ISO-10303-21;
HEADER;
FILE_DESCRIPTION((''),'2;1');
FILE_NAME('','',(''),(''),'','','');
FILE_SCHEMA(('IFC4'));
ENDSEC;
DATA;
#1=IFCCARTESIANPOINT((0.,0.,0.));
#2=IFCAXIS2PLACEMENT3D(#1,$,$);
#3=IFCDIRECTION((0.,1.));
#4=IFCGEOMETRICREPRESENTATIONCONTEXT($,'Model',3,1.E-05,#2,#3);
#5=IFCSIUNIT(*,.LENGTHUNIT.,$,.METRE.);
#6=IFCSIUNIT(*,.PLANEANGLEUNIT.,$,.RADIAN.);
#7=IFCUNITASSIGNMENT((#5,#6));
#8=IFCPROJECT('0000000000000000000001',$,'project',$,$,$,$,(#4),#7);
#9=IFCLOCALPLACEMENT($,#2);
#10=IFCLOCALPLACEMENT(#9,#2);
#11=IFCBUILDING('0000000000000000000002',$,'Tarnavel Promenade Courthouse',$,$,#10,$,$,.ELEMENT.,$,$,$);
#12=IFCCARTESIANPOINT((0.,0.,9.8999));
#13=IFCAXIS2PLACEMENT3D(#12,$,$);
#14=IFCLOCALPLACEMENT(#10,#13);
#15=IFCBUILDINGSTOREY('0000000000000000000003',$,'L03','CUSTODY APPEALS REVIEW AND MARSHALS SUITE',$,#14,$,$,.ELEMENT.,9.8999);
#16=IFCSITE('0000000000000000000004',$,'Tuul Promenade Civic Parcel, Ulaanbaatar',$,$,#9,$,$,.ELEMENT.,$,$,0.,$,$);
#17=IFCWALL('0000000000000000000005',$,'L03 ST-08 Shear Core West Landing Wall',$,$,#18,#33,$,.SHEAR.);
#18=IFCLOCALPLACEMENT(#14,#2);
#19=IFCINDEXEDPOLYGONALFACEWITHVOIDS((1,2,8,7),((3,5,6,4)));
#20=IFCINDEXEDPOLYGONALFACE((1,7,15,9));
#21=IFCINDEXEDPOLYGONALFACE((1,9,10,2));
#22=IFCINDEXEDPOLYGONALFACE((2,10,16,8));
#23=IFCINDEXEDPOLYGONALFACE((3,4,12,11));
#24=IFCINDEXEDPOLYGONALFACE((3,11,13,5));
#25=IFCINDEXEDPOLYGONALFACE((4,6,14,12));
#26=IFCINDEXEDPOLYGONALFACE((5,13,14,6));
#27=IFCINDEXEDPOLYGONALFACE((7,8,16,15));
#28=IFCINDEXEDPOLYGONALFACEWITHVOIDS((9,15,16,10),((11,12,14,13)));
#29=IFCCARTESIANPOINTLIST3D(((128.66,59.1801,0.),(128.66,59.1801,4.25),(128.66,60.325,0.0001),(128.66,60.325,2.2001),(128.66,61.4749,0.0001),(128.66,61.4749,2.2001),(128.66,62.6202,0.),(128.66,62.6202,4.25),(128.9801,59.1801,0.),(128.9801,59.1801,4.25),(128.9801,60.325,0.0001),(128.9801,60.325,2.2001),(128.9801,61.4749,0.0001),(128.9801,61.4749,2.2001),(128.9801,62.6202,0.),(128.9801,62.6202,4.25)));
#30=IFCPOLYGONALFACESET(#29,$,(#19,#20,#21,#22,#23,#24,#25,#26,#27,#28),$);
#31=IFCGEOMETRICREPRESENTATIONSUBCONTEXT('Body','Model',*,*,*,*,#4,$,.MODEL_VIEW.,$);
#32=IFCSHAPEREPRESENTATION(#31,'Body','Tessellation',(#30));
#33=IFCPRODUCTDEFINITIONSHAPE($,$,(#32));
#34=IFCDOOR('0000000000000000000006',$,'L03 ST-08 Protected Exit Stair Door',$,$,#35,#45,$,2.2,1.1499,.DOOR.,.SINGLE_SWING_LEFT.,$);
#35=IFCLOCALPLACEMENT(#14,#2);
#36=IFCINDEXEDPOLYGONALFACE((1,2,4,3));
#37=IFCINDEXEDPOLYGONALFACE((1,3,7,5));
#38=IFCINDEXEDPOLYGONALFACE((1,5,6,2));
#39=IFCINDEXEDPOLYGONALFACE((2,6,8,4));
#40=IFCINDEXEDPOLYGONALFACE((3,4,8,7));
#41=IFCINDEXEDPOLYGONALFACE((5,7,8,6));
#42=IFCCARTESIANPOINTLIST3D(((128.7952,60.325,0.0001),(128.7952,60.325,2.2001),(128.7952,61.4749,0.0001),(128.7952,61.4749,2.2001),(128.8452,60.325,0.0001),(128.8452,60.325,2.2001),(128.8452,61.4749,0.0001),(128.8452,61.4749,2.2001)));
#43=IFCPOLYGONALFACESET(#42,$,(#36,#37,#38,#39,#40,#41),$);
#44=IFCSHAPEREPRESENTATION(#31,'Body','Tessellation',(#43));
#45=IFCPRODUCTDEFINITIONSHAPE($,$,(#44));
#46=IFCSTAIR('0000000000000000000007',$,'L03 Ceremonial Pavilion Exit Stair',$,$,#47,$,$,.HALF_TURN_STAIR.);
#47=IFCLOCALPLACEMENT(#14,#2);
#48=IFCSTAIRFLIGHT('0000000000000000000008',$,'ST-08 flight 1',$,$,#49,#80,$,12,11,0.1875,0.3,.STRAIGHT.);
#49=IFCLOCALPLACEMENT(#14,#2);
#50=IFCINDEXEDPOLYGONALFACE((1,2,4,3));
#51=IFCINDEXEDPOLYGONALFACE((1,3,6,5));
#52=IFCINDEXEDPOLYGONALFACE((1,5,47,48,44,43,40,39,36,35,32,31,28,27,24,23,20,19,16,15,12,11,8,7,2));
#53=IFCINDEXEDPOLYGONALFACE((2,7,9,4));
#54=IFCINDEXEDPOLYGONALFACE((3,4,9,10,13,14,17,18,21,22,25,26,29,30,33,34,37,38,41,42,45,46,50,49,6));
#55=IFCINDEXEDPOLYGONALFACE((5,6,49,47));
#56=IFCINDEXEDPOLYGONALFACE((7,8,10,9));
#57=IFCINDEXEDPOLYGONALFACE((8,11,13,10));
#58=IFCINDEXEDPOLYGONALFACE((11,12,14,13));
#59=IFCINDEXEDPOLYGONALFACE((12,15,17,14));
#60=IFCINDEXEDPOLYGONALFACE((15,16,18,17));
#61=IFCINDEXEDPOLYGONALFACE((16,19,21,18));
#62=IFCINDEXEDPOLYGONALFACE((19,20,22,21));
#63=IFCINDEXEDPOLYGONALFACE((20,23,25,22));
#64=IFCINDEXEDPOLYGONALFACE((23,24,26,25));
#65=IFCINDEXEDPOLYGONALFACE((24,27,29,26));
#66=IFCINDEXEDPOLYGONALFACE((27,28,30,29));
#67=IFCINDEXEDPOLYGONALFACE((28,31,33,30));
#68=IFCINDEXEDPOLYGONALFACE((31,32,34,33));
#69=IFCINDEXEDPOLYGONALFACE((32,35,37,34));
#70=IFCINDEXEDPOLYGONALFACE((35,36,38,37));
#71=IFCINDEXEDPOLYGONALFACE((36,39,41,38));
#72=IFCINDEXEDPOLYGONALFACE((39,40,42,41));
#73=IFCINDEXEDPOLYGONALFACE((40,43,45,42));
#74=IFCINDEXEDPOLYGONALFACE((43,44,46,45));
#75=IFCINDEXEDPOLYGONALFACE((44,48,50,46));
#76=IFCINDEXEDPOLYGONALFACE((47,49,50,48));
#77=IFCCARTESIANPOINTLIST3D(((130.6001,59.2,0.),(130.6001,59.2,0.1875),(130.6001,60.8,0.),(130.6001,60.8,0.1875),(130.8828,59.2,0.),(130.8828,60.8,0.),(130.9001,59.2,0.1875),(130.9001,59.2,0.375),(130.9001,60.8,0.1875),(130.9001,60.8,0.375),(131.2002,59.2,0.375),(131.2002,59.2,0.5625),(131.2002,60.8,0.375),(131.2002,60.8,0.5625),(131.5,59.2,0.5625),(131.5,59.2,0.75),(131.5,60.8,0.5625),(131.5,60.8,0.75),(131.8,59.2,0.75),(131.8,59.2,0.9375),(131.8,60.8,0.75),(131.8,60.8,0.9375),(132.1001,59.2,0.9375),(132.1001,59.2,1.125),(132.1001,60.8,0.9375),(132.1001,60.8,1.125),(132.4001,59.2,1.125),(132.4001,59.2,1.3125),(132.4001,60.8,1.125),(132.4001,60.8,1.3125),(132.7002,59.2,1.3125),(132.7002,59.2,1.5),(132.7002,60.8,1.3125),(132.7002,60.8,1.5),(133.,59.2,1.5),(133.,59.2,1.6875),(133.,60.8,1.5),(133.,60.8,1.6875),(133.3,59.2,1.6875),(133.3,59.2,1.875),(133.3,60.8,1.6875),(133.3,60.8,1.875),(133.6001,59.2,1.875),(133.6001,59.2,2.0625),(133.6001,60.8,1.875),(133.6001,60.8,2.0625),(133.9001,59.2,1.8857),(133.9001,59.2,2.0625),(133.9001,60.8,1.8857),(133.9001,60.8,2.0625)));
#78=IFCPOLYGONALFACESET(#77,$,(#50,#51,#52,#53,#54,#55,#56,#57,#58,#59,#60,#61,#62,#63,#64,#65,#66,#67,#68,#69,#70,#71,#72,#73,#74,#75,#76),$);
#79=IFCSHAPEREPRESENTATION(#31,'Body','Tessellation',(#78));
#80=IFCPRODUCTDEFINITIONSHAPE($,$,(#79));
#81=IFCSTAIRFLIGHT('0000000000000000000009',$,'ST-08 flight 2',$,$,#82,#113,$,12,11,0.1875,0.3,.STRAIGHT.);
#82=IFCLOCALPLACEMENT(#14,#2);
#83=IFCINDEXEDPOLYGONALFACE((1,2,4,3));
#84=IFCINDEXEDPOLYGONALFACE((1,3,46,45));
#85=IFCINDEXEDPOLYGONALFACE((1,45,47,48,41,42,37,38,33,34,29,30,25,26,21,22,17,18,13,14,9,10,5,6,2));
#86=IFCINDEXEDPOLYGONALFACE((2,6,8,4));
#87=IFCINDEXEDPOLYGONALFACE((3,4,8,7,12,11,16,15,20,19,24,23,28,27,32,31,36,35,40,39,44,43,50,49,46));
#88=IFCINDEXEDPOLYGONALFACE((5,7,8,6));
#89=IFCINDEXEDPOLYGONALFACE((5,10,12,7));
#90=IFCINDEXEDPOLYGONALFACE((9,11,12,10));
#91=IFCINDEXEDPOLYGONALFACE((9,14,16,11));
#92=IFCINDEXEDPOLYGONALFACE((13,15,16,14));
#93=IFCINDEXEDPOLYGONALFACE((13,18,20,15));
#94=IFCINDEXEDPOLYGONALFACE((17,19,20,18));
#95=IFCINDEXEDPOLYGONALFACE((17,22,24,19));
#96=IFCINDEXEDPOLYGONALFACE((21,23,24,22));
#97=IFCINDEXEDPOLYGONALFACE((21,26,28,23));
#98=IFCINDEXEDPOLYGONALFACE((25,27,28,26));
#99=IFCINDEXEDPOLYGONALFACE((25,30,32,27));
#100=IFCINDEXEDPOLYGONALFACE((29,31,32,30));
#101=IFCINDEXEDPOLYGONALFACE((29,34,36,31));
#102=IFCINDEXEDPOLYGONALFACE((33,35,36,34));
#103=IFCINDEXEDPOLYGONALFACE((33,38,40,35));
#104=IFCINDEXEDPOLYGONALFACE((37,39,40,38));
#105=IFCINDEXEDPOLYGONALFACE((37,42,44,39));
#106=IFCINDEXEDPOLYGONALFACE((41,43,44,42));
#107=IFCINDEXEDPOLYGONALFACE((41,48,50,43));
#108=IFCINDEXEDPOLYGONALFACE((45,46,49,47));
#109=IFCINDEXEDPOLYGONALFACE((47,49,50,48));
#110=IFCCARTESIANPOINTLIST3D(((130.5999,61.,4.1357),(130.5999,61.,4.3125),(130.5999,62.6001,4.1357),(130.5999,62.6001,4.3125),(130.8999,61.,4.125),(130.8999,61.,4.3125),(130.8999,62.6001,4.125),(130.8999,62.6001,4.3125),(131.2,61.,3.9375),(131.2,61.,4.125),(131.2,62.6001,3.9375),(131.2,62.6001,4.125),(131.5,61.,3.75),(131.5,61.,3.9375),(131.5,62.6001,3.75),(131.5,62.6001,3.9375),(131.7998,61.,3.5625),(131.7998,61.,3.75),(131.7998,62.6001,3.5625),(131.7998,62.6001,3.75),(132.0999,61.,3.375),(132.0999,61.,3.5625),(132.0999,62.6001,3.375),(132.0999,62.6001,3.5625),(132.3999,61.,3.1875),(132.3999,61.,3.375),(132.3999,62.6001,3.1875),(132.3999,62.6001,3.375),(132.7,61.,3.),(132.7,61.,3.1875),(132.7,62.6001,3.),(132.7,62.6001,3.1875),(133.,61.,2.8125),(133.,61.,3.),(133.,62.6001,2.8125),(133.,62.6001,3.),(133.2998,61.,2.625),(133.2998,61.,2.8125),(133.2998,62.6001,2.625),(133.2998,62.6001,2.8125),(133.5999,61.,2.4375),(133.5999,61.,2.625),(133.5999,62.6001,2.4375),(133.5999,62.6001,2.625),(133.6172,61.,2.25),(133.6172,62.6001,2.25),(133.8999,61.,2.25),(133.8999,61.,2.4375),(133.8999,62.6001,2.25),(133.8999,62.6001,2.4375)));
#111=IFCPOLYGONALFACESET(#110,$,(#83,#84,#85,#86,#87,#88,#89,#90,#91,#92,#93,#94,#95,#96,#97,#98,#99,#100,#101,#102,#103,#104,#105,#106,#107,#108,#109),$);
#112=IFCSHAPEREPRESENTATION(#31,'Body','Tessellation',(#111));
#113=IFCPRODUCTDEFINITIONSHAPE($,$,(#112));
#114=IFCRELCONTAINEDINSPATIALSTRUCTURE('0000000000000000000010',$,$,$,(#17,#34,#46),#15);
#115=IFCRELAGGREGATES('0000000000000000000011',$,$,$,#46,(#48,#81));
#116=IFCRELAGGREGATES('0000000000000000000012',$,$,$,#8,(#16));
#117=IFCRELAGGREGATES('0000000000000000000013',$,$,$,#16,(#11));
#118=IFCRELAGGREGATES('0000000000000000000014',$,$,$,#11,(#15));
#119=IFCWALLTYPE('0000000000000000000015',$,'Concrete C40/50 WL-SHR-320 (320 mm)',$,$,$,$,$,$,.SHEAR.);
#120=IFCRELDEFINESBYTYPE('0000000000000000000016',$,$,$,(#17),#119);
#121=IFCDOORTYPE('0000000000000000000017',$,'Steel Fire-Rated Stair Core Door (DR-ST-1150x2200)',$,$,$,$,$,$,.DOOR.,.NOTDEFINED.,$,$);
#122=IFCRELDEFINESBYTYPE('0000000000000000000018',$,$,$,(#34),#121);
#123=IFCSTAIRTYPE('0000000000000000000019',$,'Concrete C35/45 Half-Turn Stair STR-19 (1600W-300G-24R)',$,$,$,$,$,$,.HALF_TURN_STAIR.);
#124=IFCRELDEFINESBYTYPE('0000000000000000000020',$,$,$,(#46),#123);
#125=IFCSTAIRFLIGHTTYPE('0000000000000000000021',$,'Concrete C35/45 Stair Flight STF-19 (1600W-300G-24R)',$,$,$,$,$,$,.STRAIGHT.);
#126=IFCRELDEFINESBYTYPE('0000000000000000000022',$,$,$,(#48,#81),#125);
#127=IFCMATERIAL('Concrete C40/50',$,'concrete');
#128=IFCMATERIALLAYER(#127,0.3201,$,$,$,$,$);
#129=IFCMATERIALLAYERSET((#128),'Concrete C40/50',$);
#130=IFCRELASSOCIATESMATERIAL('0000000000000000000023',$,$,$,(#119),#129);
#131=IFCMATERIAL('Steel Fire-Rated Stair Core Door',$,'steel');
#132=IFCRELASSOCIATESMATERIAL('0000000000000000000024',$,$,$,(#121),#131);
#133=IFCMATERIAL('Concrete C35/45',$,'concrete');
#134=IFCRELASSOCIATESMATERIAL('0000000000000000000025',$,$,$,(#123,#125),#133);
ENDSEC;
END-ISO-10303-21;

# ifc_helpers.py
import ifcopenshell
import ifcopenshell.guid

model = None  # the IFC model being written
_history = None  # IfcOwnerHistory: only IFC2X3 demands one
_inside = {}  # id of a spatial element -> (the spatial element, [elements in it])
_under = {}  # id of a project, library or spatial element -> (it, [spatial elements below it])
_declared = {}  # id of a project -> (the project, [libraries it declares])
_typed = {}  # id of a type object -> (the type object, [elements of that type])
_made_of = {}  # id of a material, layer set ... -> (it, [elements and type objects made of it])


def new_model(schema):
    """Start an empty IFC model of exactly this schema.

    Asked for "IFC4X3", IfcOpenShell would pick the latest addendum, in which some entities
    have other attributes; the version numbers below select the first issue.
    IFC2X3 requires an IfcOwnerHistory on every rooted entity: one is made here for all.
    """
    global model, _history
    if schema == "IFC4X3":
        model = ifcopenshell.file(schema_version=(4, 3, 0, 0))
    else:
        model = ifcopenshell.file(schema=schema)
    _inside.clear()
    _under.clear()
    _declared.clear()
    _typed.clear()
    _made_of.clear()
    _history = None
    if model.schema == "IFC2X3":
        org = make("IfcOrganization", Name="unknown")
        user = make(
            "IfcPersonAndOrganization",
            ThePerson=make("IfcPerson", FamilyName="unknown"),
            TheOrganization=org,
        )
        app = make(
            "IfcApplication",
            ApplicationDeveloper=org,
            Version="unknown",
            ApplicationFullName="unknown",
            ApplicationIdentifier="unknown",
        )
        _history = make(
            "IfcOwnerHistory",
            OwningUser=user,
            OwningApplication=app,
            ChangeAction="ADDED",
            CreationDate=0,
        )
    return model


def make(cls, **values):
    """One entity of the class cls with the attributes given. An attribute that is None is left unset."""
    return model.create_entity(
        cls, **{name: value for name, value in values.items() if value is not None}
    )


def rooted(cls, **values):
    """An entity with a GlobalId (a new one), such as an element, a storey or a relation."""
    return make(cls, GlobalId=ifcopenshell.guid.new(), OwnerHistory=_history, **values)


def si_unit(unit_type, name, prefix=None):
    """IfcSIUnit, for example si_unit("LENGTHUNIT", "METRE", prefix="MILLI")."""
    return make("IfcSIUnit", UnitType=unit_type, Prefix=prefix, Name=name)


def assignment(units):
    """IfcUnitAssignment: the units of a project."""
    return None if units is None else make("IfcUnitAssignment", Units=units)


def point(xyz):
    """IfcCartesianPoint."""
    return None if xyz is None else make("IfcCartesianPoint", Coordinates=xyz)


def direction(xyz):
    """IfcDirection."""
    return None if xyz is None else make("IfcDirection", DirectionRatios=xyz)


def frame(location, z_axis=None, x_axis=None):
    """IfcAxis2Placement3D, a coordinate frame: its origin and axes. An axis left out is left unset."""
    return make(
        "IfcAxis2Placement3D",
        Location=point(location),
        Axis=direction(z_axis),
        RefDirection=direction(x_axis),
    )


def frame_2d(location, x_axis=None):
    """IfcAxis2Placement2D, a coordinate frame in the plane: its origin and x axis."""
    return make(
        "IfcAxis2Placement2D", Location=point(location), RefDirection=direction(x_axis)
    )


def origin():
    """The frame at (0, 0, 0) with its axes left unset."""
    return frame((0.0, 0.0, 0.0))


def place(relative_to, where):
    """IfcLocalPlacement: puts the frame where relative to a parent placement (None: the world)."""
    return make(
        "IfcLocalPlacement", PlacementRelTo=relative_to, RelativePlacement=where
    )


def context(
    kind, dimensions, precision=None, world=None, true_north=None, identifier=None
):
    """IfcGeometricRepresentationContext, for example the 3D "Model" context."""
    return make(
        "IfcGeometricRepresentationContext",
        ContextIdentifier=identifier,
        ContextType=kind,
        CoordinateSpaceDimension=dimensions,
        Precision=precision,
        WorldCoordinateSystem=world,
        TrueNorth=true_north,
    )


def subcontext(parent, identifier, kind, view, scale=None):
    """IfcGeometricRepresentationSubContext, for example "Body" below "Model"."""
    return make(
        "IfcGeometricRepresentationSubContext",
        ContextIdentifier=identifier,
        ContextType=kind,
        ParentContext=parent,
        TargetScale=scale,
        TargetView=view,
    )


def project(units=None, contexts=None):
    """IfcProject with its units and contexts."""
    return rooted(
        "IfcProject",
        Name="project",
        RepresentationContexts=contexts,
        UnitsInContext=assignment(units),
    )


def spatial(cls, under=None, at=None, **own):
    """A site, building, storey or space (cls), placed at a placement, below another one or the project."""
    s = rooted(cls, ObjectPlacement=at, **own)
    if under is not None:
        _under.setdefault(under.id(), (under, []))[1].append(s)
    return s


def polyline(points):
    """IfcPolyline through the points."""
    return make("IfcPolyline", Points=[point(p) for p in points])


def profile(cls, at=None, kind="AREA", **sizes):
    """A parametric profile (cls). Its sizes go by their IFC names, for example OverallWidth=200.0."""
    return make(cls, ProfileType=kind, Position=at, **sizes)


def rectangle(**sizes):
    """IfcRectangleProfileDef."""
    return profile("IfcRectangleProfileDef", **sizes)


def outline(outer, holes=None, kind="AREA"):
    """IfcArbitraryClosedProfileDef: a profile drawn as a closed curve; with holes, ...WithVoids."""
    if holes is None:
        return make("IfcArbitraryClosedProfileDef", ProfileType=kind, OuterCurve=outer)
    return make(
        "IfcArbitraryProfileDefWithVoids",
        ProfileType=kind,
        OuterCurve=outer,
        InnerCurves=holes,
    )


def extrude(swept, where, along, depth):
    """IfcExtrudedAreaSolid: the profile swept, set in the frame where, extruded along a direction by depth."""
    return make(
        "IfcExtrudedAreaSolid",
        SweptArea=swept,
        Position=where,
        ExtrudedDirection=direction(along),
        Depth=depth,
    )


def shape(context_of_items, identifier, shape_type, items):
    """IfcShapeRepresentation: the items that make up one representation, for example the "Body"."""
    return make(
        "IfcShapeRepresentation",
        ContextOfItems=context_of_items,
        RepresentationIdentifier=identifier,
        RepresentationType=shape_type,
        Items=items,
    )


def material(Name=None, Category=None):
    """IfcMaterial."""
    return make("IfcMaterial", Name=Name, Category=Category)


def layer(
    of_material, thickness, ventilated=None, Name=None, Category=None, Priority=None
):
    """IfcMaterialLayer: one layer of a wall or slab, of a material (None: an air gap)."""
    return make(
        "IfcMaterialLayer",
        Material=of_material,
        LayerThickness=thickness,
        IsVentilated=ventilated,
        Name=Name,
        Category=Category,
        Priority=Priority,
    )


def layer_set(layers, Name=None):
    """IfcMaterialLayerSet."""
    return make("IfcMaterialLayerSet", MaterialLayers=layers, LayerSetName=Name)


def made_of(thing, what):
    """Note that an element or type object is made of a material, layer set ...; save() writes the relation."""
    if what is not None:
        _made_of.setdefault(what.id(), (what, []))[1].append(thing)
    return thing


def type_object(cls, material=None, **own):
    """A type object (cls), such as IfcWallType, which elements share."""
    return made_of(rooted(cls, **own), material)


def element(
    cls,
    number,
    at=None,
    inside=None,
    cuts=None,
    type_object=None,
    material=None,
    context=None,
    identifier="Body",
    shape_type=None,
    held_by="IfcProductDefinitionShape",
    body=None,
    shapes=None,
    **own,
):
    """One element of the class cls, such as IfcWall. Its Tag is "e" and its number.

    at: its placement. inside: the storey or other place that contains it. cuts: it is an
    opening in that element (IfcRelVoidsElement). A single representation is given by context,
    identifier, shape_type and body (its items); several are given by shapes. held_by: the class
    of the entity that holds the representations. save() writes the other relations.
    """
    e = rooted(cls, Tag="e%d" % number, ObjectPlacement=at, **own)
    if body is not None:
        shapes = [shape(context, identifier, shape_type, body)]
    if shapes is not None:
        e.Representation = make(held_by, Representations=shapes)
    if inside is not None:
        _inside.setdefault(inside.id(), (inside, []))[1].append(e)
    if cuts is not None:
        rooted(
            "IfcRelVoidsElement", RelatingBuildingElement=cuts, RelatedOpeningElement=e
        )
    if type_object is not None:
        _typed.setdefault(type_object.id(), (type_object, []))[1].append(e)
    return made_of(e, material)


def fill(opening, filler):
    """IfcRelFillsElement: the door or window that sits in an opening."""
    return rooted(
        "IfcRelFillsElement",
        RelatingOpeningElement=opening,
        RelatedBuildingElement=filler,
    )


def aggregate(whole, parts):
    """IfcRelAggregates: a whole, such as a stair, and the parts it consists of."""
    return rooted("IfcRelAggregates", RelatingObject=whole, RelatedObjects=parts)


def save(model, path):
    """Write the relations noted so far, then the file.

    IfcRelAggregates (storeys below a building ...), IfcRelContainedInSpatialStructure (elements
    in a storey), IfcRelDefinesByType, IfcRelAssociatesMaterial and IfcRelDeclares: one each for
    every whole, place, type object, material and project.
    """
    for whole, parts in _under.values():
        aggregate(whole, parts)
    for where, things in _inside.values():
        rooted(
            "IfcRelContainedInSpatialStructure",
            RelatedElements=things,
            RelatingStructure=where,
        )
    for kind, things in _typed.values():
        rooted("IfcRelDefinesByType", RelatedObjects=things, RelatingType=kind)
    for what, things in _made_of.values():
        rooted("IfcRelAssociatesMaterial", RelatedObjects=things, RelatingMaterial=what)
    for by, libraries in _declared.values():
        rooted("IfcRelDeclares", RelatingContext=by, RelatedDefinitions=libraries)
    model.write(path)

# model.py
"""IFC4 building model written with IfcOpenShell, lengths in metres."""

from ifc_helpers import new_model, si_unit, direction, frame, frame_2d, origin, place, context, subcontext, project, spatial, polyline, rectangle, outline, extrude, material, layer, layer_set, type_object, element, fill, aggregate, save


model = new_model("IFC4")

# Units and contexts
model_context = context("Model", 3, precision=1e-05, world=origin(), true_north=direction((0.0, 1.0)))
body_context = subcontext(model_context, "Body", "Model", "MODEL_VIEW")
ifc_project = project(units=[si_unit("LENGTHUNIT", "METRE"), si_unit("PLANEANGLEUNIT", "RADIAN")], contexts=[model_context])

# Site, building, storey
site_placement = place(None, origin())
site = spatial("IfcSite", under=ifc_project, at=site_placement, Name="Tuul Promenade Civic Parcel, Ulaanbaatar", CompositionType="ELEMENT", RefElevation=0.0)
building_placement = place(site_placement, origin())
building = spatial("IfcBuilding", under=site, at=building_placement, Name="Tarnavel Promenade Courthouse", CompositionType="ELEMENT")
storey_placement = place(building_placement, frame((0.0, 0.0, 9.8999)))
storey = spatial("IfcBuildingStorey", under=building, at=storey_placement, Name="L03", Description="CUSTODY APPEALS REVIEW AND MARSHALS SUITE", CompositionType="ELEMENT", Elevation=9.8999)

# Shared definitions
ifc_material_1 = material(Name="Concrete C40/50", Category="concrete")

# Shared definitions
ifc_layer_1 = layer(ifc_material_1, 0.3201)
ifc_layer_set_1 = layer_set([ifc_layer_1], Name="Concrete C40/50")
wall_type_1 = type_object("IfcWallType", Name="Concrete C40/50 WL-SHR-320 (320 mm)", PredefinedType="SHEAR", material=ifc_layer_set_1)

# Wall, opening, door
wall_1_placement = place(storey_placement, frame((128.8201, 59.1799, 0.0), z_axis=(0.0, 0.0, 1.0), x_axis=(0.0, 1.0, 0.0)))
wall_1 = element("IfcWall", 1, at=wall_1_placement, inside=storey, type_object=wall_type_1, Name="L03 ST-08 Shear Core West Landing Wall", PredefinedType="SHEAR", context=body_context, shape_type="SweptSolid", body=[
    extrude(rectangle(XDim=3.4402, YDim=0.3201, at=frame_2d((1.7202, 0.0))), origin(), (0.0, 0.0, 1.0), 4.25),
])
opening_1_placement = place(wall_1_placement, frame((1.145, 0.0, 0.0)))
opening_1 = element("IfcOpeningElement", 2, at=opening_1_placement, cuts=wall_1, PredefinedType="OPENING", context=body_context, shape_type="SweptSolid", body=[
    extrude(rectangle(XDim=1.1499, YDim=2.2, at=frame_2d((0.575, 1.1001))), frame((0.0, 0.1699, 0.0), z_axis=(0.0, -1.0, 0.0), x_axis=(1.0, 0.0, 0.0)), (0.0, 0.0, 1.0), 0.3401),
])
ifc_material_2 = material(Name="Steel Fire-Rated Stair Core Door", Category="steel")
door_type_1 = type_object("IfcDoorType", Name="Steel Fire-Rated Stair Core Door (DR-ST-1150x2200)", OperationType="NOTDEFINED", PredefinedType="DOOR", material=ifc_material_2)
door_1_placement = place(opening_1_placement, origin())
door_1 = element("IfcDoor", 3, at=door_1_placement, inside=storey, type_object=door_type_1, Name="L03 ST-08 Protected Exit Stair Door", OperationType="SINGLE_SWING_LEFT", OverallHeight=2.2, OverallWidth=1.1499, PredefinedType="DOOR", context=body_context, shape_type="SweptSolid", body=[
    extrude(rectangle(XDim=1.1499, YDim=2.2, at=frame_2d((0.575, 1.1001))), frame((0.0, 0.0249, 0.0), z_axis=(0.0, -1.0, 0.0), x_axis=(1.0, 0.0, 0.0)), (0.0, 0.0, 1.0), 0.05),
])
fill(opening_1, door_1)

# Stair, stair flights
ifc_material_3 = material(Name="Concrete C35/45", Category="concrete")
stair_type = type_object("IfcStairType", Name="Concrete C35/45 Half-Turn Stair STR-19 (1600W-300G-24R)", PredefinedType="HALF_TURN_STAIR", material=ifc_material_3)
stair_placement = place(storey_placement, origin())
stair = element("IfcStair", 4, at=stair_placement, inside=storey, type_object=stair_type, Name="L03 Ceremonial Pavilion Exit Stair", PredefinedType="HALF_TURN_STAIR")
stair_flight_type = type_object("IfcStairFlightType", Name="Concrete C35/45 Stair Flight STF-19 (1600W-300G-24R)", PredefinedType="STRAIGHT", material=ifc_material_3)
stair_flight_1_placement = place(storey_placement, frame((130.6001, 60.0, 0.0), z_axis=(0.0, 0.0, 1.0), x_axis=(1.0, 0.0, 0.0)))
stair_flight_1 = element("IfcStairFlight", 5, at=stair_flight_1_placement, type_object=stair_flight_type, Name="ST-08 flight 1", NumberOfRisers=12, NumberOfTreads=11, PredefinedType="STRAIGHT", RiserHeight=0.1875, TreadLength=0.3, context=body_context, shape_type="SweptSolid", body=[
    extrude(outline(polyline([(0.0, 0.0), (0.0, 0.1875), (0.3, 0.1875), (0.3, 0.375), (0.6001, 0.375), (0.6001, 0.5625), (0.8999, 0.5625), (0.8999, 0.75), (1.2, 0.75), (1.2, 0.9375), (1.5, 0.9375), (1.5, 1.125), (1.8, 1.125), (1.8, 1.3125), (2.1001, 1.3125), (2.1001, 1.5), (2.3999, 1.5), (2.3999, 1.6875), (2.7, 1.6875), (2.7, 1.875), (3.0, 1.875), (3.0, 2.0625), (3.3, 2.0625), (3.3, 2.25), (3.3, 1.8857), (0.2827, 0.0), (0.0, 0.0)])), frame((0.0, 0.8, 0.0), z_axis=(0.0, -1.0, 0.0), x_axis=(1.0, 0.0, 0.0)), (0.0, 0.0, 1.0), 1.6001),
])
stair_flight_2_placement = place(storey_placement, frame((133.8999, 61.8, 2.25), z_axis=(0.0, 0.0, 1.0), x_axis=(-1.0, 0.0, 0.0)))
stair_flight_2 = element("IfcStairFlight", 6, at=stair_flight_2_placement, type_object=stair_flight_type, Name="ST-08 flight 2", NumberOfRisers=12, NumberOfTreads=11, PredefinedType="STRAIGHT", RiserHeight=0.1875, TreadLength=0.3, context=body_context, shape_type="SweptSolid", body=[
    extrude(outline(polyline([(0.0, 0.0), (0.0, 0.1875), (0.3, 0.1875), (0.3, 0.375), (0.6001, 0.375), (0.6001, 0.5625), (0.8999, 0.5625), (0.8999, 0.75), (1.2, 0.75), (1.2, 0.9375), (1.5, 0.9375), (1.5, 1.125), (1.8, 1.125), (1.8, 1.3125), (2.1001, 1.3125), (2.1001, 1.5), (2.3999, 1.5), (2.3999, 1.6875), (2.7, 1.6875), (2.7, 1.875), (3.0, 1.875), (3.0, 2.0625), (3.3, 2.0625), (3.3, 2.25), (3.3, 1.8857), (0.2827, 0.0), (0.0, 0.0)])), frame((0.0, 0.8, 0.0), z_axis=(0.0, -1.0, 0.0), x_axis=(1.0, 0.0, 0.0)), (0.0, 0.0, 1.0), 1.6001),
])
aggregate(stair, [stair_flight_1, stair_flight_2])

save(model, "model.ifc")
